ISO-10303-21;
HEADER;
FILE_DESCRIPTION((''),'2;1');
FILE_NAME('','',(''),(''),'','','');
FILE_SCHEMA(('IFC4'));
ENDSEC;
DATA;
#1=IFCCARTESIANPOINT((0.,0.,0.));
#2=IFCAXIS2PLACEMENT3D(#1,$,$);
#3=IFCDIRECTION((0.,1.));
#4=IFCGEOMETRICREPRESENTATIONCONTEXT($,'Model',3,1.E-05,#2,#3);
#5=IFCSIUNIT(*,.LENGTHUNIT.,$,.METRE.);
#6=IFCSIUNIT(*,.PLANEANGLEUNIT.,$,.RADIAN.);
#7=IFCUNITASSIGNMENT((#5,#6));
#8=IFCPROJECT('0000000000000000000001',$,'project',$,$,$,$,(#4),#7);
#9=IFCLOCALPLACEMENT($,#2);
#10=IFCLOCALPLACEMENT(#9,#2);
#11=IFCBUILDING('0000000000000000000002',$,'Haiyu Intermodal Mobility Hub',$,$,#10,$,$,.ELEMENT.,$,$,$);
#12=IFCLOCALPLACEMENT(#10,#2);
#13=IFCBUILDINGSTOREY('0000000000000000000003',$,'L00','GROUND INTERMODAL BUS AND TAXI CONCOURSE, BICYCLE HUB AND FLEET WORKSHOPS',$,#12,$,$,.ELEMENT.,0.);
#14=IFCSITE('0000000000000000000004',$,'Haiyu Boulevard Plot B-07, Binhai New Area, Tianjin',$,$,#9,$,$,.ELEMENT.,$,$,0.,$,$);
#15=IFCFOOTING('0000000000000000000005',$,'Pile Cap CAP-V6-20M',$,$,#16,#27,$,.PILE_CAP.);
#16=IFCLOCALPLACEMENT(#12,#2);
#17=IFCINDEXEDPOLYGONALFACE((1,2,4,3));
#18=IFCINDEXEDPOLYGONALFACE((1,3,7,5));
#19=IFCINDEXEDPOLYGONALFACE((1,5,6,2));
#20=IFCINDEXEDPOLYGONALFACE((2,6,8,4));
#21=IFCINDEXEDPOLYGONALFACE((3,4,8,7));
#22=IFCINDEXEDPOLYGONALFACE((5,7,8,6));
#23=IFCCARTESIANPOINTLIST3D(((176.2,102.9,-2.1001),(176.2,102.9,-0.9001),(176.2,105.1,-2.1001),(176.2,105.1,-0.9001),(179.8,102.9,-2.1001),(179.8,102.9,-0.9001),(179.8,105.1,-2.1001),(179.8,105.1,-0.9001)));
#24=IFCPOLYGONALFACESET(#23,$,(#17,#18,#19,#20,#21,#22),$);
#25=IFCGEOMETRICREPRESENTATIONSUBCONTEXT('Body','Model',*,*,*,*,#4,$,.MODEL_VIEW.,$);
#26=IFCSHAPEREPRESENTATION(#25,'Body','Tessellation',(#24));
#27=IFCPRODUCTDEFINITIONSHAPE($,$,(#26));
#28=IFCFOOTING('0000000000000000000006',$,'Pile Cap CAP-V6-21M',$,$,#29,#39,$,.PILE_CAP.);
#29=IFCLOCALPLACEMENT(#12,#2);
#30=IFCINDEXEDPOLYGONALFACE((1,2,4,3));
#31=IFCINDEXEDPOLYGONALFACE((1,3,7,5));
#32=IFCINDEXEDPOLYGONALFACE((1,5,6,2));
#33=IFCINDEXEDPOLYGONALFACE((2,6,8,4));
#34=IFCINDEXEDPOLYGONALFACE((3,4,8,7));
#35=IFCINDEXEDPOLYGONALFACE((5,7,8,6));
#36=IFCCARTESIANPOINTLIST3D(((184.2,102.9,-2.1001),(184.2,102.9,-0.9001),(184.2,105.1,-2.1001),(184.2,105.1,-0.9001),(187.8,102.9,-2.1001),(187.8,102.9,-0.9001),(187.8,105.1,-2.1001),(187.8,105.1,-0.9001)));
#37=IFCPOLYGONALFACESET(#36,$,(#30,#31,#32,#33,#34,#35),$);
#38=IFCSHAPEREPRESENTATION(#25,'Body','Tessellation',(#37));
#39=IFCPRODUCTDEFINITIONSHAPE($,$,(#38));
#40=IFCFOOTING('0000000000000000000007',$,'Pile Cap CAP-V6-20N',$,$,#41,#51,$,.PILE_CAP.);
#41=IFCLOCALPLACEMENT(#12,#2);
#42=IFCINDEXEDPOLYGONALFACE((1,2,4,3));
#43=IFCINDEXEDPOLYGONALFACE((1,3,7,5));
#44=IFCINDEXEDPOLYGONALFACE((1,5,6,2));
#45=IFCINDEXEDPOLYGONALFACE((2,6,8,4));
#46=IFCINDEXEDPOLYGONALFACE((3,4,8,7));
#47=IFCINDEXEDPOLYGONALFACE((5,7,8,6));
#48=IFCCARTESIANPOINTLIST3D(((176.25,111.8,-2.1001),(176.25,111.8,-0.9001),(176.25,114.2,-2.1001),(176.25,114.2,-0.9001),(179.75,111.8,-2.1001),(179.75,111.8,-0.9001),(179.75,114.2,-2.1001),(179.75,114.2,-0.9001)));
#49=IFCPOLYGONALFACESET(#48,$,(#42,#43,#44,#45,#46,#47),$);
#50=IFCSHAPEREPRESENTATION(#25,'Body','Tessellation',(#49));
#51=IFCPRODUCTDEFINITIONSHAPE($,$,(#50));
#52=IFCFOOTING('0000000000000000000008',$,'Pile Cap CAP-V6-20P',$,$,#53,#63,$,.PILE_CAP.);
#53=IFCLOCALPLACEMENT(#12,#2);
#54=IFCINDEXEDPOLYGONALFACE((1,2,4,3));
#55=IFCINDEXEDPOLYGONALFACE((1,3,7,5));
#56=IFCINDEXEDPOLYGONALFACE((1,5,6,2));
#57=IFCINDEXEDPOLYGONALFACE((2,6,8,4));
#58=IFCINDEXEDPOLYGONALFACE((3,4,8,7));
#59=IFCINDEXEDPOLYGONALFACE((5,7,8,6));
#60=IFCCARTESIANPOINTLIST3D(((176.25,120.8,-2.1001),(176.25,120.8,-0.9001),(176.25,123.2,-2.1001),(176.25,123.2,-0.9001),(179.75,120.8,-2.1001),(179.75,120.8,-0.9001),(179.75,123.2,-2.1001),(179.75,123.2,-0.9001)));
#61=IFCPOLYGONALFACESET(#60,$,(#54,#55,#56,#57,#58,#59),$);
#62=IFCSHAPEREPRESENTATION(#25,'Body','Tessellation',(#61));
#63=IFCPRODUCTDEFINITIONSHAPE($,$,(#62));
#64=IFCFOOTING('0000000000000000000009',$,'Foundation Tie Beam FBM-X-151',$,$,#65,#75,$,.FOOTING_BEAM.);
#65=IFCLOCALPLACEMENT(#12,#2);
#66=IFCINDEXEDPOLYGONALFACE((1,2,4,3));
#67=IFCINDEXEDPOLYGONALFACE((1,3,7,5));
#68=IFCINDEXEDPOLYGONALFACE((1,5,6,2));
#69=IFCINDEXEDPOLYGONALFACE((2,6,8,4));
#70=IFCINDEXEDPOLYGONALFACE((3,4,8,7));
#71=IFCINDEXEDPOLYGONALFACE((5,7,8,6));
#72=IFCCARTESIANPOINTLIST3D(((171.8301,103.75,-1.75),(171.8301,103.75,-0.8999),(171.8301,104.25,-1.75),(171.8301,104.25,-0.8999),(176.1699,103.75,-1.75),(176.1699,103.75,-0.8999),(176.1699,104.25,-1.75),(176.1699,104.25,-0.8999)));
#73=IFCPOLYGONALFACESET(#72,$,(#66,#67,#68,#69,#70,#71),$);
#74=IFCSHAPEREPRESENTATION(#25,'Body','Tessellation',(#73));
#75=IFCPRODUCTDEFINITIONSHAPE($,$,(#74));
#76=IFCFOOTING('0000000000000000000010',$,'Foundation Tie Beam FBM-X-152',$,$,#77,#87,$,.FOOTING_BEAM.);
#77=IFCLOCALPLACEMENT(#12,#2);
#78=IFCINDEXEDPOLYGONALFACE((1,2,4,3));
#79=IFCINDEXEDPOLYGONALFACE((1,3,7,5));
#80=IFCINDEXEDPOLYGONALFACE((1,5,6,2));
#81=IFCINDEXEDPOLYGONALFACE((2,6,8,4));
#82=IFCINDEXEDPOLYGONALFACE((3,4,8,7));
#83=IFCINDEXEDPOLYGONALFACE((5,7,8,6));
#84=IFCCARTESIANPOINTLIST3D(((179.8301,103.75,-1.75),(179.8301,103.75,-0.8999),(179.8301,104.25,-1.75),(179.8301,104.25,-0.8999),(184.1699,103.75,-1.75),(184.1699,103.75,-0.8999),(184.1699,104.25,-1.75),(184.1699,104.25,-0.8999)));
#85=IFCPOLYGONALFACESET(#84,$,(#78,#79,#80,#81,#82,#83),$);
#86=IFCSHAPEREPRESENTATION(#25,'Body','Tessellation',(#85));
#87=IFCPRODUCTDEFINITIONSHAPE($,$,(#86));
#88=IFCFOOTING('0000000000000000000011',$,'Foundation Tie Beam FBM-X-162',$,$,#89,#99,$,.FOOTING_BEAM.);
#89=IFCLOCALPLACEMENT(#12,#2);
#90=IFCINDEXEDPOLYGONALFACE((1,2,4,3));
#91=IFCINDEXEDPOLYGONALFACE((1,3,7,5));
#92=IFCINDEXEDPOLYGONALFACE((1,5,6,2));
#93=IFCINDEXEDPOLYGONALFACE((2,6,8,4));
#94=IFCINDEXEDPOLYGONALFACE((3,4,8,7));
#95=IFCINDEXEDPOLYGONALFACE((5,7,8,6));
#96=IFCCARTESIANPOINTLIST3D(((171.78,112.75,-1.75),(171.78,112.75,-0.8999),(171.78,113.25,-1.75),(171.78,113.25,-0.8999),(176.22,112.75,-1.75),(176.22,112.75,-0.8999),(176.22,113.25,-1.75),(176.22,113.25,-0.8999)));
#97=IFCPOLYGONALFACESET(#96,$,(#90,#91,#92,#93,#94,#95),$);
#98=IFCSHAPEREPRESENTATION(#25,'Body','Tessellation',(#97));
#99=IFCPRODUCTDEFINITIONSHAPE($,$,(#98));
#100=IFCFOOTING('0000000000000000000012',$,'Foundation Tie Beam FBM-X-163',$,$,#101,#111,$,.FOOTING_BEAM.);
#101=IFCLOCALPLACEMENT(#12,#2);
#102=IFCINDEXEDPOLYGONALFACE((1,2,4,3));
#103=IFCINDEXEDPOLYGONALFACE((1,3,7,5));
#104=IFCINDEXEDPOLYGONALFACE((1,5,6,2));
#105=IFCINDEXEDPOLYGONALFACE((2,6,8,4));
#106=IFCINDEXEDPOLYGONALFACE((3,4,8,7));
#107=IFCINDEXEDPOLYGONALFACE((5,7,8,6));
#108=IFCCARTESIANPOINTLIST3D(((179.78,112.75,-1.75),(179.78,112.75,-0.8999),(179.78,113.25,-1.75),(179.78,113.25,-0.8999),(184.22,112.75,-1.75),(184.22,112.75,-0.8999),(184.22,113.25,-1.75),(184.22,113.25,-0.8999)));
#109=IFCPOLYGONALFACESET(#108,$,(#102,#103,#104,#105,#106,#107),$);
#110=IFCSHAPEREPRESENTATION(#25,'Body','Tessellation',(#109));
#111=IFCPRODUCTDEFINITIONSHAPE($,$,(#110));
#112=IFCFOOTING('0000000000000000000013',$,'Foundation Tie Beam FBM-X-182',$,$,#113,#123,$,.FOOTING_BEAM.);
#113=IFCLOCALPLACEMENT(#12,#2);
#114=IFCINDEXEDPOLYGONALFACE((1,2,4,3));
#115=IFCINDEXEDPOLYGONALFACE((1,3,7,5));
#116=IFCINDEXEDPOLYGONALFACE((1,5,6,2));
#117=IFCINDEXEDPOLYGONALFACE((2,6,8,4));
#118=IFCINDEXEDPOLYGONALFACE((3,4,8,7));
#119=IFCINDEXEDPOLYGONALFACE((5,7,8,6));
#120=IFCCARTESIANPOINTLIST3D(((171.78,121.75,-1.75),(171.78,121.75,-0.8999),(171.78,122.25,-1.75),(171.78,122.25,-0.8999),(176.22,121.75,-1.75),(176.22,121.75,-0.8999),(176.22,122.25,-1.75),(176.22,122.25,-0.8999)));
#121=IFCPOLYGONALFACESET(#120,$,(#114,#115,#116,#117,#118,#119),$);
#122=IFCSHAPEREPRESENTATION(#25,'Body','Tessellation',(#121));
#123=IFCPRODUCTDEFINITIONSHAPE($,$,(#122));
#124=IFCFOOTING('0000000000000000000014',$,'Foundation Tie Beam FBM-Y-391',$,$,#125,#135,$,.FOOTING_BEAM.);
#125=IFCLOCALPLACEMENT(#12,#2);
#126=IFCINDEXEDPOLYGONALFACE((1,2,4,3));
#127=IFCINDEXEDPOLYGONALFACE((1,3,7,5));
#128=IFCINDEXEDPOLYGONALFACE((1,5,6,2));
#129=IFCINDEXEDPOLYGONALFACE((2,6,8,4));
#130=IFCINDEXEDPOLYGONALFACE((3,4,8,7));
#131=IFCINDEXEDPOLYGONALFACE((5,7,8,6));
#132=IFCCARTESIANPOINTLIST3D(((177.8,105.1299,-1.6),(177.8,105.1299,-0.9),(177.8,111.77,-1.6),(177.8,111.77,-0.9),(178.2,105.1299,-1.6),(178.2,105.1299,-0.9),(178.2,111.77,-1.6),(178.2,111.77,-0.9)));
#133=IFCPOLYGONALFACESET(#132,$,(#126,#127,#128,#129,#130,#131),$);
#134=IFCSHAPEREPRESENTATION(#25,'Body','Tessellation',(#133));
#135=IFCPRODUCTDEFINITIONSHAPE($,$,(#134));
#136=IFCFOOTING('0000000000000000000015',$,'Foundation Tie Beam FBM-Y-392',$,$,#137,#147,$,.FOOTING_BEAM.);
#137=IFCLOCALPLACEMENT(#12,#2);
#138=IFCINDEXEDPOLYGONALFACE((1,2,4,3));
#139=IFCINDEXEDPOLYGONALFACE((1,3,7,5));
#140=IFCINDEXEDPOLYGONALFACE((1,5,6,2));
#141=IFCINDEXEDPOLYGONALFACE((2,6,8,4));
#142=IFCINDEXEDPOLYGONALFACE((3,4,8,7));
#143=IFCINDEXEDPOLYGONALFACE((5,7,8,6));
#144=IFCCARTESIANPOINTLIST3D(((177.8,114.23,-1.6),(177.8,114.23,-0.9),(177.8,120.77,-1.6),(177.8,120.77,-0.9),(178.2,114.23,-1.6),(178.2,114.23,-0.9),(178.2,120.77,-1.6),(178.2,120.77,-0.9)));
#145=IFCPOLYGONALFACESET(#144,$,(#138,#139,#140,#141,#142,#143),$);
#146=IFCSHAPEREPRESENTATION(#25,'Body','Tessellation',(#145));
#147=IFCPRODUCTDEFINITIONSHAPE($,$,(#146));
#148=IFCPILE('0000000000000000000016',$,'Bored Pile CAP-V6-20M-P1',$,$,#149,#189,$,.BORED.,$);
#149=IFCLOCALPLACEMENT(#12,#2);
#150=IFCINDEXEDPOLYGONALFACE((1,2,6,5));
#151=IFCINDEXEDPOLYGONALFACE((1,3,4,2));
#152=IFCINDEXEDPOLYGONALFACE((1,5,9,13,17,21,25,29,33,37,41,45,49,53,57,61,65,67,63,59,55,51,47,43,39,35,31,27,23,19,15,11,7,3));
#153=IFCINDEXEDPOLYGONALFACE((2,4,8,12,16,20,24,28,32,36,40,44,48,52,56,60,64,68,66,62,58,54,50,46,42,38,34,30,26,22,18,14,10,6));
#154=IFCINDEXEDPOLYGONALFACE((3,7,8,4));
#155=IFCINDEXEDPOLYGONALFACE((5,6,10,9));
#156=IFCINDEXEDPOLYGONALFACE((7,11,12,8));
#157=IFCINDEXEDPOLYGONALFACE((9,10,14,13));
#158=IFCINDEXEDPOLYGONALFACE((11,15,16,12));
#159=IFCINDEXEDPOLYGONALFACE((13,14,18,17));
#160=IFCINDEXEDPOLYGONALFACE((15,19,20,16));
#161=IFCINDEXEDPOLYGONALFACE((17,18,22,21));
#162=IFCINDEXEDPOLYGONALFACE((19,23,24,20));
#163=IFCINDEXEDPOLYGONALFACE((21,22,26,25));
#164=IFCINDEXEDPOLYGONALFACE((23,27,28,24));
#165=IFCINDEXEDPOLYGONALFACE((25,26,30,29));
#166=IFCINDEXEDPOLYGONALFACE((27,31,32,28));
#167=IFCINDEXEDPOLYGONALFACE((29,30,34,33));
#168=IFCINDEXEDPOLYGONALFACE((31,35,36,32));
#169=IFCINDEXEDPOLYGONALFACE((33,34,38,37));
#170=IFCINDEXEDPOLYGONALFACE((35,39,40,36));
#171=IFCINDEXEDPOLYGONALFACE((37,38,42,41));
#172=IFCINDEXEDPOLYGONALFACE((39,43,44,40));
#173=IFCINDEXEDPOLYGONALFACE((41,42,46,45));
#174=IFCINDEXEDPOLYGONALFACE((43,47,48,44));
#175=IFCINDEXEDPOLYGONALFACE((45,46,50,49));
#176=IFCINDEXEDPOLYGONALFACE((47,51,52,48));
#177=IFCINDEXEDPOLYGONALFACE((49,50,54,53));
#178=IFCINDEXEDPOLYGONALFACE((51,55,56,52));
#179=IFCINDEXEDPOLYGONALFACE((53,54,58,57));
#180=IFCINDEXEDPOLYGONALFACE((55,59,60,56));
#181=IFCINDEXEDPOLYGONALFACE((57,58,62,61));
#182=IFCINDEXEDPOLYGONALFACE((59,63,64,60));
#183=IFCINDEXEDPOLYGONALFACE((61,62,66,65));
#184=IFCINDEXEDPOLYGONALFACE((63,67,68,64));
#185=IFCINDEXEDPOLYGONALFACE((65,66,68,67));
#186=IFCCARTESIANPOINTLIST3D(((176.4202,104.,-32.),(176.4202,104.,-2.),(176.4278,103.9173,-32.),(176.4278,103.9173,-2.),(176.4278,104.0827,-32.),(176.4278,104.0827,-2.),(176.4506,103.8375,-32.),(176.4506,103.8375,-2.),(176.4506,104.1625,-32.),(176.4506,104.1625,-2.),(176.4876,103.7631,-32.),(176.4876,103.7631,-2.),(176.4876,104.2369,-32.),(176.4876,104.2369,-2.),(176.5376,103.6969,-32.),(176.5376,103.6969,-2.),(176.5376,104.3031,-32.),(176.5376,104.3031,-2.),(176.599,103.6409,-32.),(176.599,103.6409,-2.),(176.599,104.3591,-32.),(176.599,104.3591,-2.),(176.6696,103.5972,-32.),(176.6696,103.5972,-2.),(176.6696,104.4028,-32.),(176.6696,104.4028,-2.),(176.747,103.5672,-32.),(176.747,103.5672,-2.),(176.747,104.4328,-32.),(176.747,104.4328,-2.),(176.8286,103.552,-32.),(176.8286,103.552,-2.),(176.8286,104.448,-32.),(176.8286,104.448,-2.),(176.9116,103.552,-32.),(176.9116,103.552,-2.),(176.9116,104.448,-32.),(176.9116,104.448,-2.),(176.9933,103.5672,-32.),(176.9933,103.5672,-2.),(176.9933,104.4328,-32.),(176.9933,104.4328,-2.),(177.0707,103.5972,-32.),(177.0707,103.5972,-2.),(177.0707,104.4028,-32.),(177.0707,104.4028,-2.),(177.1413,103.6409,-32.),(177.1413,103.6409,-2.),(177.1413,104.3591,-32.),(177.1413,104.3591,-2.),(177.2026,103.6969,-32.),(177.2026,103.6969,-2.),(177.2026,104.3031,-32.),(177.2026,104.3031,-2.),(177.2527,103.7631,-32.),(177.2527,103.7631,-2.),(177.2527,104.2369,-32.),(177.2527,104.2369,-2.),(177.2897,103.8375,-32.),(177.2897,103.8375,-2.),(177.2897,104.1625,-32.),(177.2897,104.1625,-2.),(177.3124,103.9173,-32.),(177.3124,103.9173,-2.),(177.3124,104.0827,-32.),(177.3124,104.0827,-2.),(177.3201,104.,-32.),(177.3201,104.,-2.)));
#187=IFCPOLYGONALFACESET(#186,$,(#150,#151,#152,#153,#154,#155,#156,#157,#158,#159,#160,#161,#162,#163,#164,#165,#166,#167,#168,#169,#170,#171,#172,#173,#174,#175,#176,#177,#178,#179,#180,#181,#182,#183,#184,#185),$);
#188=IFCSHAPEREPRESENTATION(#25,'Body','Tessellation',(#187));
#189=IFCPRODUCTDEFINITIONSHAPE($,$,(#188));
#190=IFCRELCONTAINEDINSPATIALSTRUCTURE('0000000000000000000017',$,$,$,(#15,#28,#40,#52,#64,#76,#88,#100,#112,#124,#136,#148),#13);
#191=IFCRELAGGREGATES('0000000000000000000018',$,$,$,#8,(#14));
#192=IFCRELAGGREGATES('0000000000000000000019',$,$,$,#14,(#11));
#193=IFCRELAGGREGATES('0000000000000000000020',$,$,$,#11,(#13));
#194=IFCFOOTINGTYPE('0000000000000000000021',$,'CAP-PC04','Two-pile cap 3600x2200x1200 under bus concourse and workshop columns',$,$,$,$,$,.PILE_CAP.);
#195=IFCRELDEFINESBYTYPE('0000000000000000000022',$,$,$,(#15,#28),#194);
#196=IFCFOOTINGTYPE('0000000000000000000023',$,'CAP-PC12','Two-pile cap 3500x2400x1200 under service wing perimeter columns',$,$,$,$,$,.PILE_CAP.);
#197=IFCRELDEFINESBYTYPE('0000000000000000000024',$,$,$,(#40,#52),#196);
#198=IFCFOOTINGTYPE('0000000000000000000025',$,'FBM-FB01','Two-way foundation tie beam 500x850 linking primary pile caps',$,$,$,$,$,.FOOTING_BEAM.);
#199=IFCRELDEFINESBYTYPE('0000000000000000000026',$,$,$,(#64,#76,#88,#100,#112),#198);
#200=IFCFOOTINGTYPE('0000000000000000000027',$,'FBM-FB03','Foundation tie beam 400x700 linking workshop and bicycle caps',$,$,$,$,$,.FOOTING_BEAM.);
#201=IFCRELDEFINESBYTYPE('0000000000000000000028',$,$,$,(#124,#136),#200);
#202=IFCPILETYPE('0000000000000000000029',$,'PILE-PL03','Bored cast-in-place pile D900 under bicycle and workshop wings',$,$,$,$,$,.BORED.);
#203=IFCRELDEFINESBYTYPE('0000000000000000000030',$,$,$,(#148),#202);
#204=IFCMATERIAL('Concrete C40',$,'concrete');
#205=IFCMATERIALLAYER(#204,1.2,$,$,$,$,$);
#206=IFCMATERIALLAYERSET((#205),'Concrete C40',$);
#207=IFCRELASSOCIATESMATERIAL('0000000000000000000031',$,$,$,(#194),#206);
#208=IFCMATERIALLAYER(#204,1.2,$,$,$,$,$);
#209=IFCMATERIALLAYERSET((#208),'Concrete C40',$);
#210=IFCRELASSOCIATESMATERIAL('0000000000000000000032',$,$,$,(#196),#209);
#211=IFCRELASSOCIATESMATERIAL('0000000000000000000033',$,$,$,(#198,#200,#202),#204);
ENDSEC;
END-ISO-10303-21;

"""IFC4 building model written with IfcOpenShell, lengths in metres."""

from ifc_helpers import new_model, si_unit, direction, frame, origin, origin_2d, place, context, subcontext, project, spatial, rectangle, circle, extrude, material, layer, layer_set, material_profile, profile_set, type_object, element, save


model = new_model("IFC4")

# Units and contexts
model_context = context("Model", 3, precision=1e-05, world=origin(), true_north=direction((0.0, 1.0)))
body_context = subcontext(model_context, "Body", "Model", "MODEL_VIEW")
ifc_project = project(units=[si_unit("LENGTHUNIT", "METRE"), si_unit("PLANEANGLEUNIT", "RADIAN")], contexts=[model_context])

# Site, building, storey
site_placement = place(None, origin())
site = spatial("IfcSite", under=ifc_project, at=site_placement, Name="Haiyu Boulevard Plot B-07, Binhai New Area, Tianjin", CompositionType="ELEMENT", RefElevation=0.0)
building_placement = place(site_placement, origin())
building = spatial("IfcBuilding", under=site, at=building_placement, Name="Haiyu Intermodal Mobility Hub", CompositionType="ELEMENT")
storey_placement = place(building_placement, origin())
storey = spatial("IfcBuildingStorey", under=building, at=storey_placement, Name="L00", Description="GROUND INTERMODAL BUS AND TAXI CONCOURSE, BICYCLE HUB AND FLEET WORKSHOPS", CompositionType="ELEMENT", Elevation=0.0)

# Footings
ifc_material_1 = material(Name="Concrete C40", Category="concrete")
ifc_layer_1 = layer(ifc_material_1, 1.2)
ifc_layer_set_1 = layer_set([ifc_layer_1], Name="Concrete C40")
footing_type_1 = type_object("IfcFootingType", Name="CAP-PC04", Description="Two-pile cap 3600x2200x1200 under bus concourse and workshop columns", PredefinedType="PILE_CAP", material=ifc_layer_set_1)
for number, where, z_axis, x_axis, name in (
    (1, (178.0, 104.0, -2.1001), (0.0, 0.0, 1.0), (1.0, 0.0, 0.0), "Pile Cap CAP-V6-20M"),
    (2, (186.0, 104.0, -2.1001), (0.0, 0.0, 1.0), (1.0, 0.0, 0.0), "Pile Cap CAP-V6-21M"),
):
    element("IfcFooting", number, at=place(storey_placement, frame(where, z_axis=z_axis, x_axis=x_axis)), inside=storey, type_object=footing_type_1, Name=name, PredefinedType="PILE_CAP", context=body_context, shape_type="SweptSolid", body=[
        extrude(rectangle(XDim=3.6001, YDim=2.2, at=origin_2d()), origin(), (0.0, 0.0, 1.0), 1.2),
    ])
ifc_layer_2 = layer(ifc_material_1, 1.2)
ifc_layer_set_2 = layer_set([ifc_layer_2], Name="Concrete C40")
footing_type_2 = type_object("IfcFootingType", Name="CAP-PC12", Description="Two-pile cap 3500x2400x1200 under service wing perimeter columns", PredefinedType="PILE_CAP", material=ifc_layer_set_2)
for number, where, z_axis, x_axis, name in (
    (3, (178.0, 113.0, -2.1001), (0.0, 0.0, 1.0), (1.0, 0.0, 0.0), "Pile Cap CAP-V6-20N"),
    (4, (178.0, 122.0, -2.1001), (0.0, 0.0, 1.0), (1.0, 0.0, 0.0), "Pile Cap CAP-V6-20P"),
):
    element("IfcFooting", number, at=place(storey_placement, frame(where, z_axis=z_axis, x_axis=x_axis)), inside=storey, type_object=footing_type_2, Name=name, PredefinedType="PILE_CAP", context=body_context, shape_type="SweptSolid", body=[
        extrude(rectangle(XDim=3.5, YDim=2.3999, at=origin_2d()), origin(), (0.0, 0.0, 1.0), 1.2),
    ])
ifc_material_profile_1 = material_profile(ifc_material_1, rectangle(XDim=0.5, YDim=0.8501, at=origin_2d()), Name="FB500x850")
ifc_profile_set_1 = profile_set([ifc_material_profile_1], Name="Concrete C40")
footing_type_3 = type_object("IfcFootingType", Name="FBM-FB01", Description="Two-way foundation tie beam 500x850 linking primary pile caps", PredefinedType="FOOTING_BEAM", material=ifc_profile_set_1)
for number, where, z_axis, x_axis, name in (
    (5, (171.8301, 104.0, -1.325), (1.0, 0.0, 0.0), (0.0, 1.0, 0.0), "Foundation Tie Beam FBM-X-151"),
    (6, (179.8301, 104.0, -1.325), (1.0, 0.0, 0.0), (0.0, 1.0, 0.0), "Foundation Tie Beam FBM-X-152"),
):
    element("IfcFooting", number, at=place(storey_placement, frame(where, z_axis=z_axis, x_axis=x_axis)), inside=storey, type_object=footing_type_3, Name=name, PredefinedType="FOOTING_BEAM", context=body_context, shape_type="SweptSolid", body=[
        extrude(rectangle(XDim=0.5, YDim=0.8501, at=origin_2d()), origin(), (0.0, 0.0, 1.0), 4.3398),
    ])
for number, where, z_axis, x_axis, name in (
    (7, (171.78, 113.0, -1.325), (1.0, 0.0, 0.0), (0.0, 1.0, 0.0), "Foundation Tie Beam FBM-X-162"),
    (8, (179.78, 113.0, -1.325), (1.0, 0.0, 0.0), (0.0, 1.0, 0.0), "Foundation Tie Beam FBM-X-163"),
    (9, (171.78, 122.0, -1.325), (1.0, 0.0, 0.0), (0.0, 1.0, 0.0), "Foundation Tie Beam FBM-X-182"),
):
    element("IfcFooting", number, at=place(storey_placement, frame(where, z_axis=z_axis, x_axis=x_axis)), inside=storey, type_object=footing_type_3, Name=name, PredefinedType="FOOTING_BEAM", context=body_context, shape_type="SweptSolid", body=[
        extrude(rectangle(XDim=0.5, YDim=0.8501, at=origin_2d()), origin(), (0.0, 0.0, 1.0), 4.4399),
    ])
ifc_material_profile_2 = material_profile(ifc_material_1, rectangle(XDim=0.3999, YDim=0.7, at=origin_2d()), Name="FB400x700")
ifc_profile_set_2 = profile_set([ifc_material_profile_2], Name="Concrete C40")
footing_type_4 = type_object("IfcFootingType", Name="FBM-FB03", Description="Foundation tie beam 400x700 linking workshop and bicycle caps", PredefinedType="FOOTING_BEAM", material=ifc_profile_set_2)
footing_1_placement = place(storey_placement, frame((178.0, 105.1299, -1.25), z_axis=(0.0, 1.0, 0.0), x_axis=(-1.0, 0.0, 0.0)))
element("IfcFooting", 10, at=footing_1_placement, inside=storey, type_object=footing_type_4, Name="Foundation Tie Beam FBM-Y-391", PredefinedType="FOOTING_BEAM", context=body_context, shape_type="SweptSolid", body=[
    extrude(rectangle(XDim=0.3999, YDim=0.7, at=origin_2d()), origin(), (0.0, 0.0, 1.0), 6.6401),
])
footing_2_placement = place(storey_placement, frame((178.0, 114.23, -1.25), z_axis=(0.0, 1.0, 0.0), x_axis=(-1.0, 0.0, 0.0)))
element("IfcFooting", 11, at=footing_2_placement, inside=storey, type_object=footing_type_4, Name="Foundation Tie Beam FBM-Y-392", PredefinedType="FOOTING_BEAM", context=body_context, shape_type="SweptSolid", body=[
    extrude(rectangle(XDim=0.3999, YDim=0.7, at=origin_2d()), origin(), (0.0, 0.0, 1.0), 6.54),
])

# Pile
ifc_material_profile_3 = material_profile(ifc_material_1, circle(Radius=0.45, at=origin_2d()), Name="PILE-D900")
ifc_profile_set_3 = profile_set([ifc_material_profile_3], Name="Concrete C40")
pile_type = type_object("IfcPileType", Name="PILE-PL03", Description="Bored cast-in-place pile D900 under bicycle and workshop wings", PredefinedType="BORED", material=ifc_profile_set_3)
for number, where, z_axis, x_axis, name in (
    (12, (176.8701, 104.0, -2.0), (0.0, 0.0, -1.0), (1.0, 0.0, 0.0), "Bored Pile CAP-V6-20M-P1"),
):
    element("IfcPile", number, at=place(storey_placement, frame(where, z_axis=z_axis, x_axis=x_axis)), inside=storey, type_object=pile_type, Name=name, PredefinedType="BORED", context=body_context, shape_type="SweptSolid", body=[
        extrude(circle(Radius=0.45, at=origin_2d()), origin(), (0.0, 0.0, 1.0), 30.0),
    ])

save(model, "model.ifc")
